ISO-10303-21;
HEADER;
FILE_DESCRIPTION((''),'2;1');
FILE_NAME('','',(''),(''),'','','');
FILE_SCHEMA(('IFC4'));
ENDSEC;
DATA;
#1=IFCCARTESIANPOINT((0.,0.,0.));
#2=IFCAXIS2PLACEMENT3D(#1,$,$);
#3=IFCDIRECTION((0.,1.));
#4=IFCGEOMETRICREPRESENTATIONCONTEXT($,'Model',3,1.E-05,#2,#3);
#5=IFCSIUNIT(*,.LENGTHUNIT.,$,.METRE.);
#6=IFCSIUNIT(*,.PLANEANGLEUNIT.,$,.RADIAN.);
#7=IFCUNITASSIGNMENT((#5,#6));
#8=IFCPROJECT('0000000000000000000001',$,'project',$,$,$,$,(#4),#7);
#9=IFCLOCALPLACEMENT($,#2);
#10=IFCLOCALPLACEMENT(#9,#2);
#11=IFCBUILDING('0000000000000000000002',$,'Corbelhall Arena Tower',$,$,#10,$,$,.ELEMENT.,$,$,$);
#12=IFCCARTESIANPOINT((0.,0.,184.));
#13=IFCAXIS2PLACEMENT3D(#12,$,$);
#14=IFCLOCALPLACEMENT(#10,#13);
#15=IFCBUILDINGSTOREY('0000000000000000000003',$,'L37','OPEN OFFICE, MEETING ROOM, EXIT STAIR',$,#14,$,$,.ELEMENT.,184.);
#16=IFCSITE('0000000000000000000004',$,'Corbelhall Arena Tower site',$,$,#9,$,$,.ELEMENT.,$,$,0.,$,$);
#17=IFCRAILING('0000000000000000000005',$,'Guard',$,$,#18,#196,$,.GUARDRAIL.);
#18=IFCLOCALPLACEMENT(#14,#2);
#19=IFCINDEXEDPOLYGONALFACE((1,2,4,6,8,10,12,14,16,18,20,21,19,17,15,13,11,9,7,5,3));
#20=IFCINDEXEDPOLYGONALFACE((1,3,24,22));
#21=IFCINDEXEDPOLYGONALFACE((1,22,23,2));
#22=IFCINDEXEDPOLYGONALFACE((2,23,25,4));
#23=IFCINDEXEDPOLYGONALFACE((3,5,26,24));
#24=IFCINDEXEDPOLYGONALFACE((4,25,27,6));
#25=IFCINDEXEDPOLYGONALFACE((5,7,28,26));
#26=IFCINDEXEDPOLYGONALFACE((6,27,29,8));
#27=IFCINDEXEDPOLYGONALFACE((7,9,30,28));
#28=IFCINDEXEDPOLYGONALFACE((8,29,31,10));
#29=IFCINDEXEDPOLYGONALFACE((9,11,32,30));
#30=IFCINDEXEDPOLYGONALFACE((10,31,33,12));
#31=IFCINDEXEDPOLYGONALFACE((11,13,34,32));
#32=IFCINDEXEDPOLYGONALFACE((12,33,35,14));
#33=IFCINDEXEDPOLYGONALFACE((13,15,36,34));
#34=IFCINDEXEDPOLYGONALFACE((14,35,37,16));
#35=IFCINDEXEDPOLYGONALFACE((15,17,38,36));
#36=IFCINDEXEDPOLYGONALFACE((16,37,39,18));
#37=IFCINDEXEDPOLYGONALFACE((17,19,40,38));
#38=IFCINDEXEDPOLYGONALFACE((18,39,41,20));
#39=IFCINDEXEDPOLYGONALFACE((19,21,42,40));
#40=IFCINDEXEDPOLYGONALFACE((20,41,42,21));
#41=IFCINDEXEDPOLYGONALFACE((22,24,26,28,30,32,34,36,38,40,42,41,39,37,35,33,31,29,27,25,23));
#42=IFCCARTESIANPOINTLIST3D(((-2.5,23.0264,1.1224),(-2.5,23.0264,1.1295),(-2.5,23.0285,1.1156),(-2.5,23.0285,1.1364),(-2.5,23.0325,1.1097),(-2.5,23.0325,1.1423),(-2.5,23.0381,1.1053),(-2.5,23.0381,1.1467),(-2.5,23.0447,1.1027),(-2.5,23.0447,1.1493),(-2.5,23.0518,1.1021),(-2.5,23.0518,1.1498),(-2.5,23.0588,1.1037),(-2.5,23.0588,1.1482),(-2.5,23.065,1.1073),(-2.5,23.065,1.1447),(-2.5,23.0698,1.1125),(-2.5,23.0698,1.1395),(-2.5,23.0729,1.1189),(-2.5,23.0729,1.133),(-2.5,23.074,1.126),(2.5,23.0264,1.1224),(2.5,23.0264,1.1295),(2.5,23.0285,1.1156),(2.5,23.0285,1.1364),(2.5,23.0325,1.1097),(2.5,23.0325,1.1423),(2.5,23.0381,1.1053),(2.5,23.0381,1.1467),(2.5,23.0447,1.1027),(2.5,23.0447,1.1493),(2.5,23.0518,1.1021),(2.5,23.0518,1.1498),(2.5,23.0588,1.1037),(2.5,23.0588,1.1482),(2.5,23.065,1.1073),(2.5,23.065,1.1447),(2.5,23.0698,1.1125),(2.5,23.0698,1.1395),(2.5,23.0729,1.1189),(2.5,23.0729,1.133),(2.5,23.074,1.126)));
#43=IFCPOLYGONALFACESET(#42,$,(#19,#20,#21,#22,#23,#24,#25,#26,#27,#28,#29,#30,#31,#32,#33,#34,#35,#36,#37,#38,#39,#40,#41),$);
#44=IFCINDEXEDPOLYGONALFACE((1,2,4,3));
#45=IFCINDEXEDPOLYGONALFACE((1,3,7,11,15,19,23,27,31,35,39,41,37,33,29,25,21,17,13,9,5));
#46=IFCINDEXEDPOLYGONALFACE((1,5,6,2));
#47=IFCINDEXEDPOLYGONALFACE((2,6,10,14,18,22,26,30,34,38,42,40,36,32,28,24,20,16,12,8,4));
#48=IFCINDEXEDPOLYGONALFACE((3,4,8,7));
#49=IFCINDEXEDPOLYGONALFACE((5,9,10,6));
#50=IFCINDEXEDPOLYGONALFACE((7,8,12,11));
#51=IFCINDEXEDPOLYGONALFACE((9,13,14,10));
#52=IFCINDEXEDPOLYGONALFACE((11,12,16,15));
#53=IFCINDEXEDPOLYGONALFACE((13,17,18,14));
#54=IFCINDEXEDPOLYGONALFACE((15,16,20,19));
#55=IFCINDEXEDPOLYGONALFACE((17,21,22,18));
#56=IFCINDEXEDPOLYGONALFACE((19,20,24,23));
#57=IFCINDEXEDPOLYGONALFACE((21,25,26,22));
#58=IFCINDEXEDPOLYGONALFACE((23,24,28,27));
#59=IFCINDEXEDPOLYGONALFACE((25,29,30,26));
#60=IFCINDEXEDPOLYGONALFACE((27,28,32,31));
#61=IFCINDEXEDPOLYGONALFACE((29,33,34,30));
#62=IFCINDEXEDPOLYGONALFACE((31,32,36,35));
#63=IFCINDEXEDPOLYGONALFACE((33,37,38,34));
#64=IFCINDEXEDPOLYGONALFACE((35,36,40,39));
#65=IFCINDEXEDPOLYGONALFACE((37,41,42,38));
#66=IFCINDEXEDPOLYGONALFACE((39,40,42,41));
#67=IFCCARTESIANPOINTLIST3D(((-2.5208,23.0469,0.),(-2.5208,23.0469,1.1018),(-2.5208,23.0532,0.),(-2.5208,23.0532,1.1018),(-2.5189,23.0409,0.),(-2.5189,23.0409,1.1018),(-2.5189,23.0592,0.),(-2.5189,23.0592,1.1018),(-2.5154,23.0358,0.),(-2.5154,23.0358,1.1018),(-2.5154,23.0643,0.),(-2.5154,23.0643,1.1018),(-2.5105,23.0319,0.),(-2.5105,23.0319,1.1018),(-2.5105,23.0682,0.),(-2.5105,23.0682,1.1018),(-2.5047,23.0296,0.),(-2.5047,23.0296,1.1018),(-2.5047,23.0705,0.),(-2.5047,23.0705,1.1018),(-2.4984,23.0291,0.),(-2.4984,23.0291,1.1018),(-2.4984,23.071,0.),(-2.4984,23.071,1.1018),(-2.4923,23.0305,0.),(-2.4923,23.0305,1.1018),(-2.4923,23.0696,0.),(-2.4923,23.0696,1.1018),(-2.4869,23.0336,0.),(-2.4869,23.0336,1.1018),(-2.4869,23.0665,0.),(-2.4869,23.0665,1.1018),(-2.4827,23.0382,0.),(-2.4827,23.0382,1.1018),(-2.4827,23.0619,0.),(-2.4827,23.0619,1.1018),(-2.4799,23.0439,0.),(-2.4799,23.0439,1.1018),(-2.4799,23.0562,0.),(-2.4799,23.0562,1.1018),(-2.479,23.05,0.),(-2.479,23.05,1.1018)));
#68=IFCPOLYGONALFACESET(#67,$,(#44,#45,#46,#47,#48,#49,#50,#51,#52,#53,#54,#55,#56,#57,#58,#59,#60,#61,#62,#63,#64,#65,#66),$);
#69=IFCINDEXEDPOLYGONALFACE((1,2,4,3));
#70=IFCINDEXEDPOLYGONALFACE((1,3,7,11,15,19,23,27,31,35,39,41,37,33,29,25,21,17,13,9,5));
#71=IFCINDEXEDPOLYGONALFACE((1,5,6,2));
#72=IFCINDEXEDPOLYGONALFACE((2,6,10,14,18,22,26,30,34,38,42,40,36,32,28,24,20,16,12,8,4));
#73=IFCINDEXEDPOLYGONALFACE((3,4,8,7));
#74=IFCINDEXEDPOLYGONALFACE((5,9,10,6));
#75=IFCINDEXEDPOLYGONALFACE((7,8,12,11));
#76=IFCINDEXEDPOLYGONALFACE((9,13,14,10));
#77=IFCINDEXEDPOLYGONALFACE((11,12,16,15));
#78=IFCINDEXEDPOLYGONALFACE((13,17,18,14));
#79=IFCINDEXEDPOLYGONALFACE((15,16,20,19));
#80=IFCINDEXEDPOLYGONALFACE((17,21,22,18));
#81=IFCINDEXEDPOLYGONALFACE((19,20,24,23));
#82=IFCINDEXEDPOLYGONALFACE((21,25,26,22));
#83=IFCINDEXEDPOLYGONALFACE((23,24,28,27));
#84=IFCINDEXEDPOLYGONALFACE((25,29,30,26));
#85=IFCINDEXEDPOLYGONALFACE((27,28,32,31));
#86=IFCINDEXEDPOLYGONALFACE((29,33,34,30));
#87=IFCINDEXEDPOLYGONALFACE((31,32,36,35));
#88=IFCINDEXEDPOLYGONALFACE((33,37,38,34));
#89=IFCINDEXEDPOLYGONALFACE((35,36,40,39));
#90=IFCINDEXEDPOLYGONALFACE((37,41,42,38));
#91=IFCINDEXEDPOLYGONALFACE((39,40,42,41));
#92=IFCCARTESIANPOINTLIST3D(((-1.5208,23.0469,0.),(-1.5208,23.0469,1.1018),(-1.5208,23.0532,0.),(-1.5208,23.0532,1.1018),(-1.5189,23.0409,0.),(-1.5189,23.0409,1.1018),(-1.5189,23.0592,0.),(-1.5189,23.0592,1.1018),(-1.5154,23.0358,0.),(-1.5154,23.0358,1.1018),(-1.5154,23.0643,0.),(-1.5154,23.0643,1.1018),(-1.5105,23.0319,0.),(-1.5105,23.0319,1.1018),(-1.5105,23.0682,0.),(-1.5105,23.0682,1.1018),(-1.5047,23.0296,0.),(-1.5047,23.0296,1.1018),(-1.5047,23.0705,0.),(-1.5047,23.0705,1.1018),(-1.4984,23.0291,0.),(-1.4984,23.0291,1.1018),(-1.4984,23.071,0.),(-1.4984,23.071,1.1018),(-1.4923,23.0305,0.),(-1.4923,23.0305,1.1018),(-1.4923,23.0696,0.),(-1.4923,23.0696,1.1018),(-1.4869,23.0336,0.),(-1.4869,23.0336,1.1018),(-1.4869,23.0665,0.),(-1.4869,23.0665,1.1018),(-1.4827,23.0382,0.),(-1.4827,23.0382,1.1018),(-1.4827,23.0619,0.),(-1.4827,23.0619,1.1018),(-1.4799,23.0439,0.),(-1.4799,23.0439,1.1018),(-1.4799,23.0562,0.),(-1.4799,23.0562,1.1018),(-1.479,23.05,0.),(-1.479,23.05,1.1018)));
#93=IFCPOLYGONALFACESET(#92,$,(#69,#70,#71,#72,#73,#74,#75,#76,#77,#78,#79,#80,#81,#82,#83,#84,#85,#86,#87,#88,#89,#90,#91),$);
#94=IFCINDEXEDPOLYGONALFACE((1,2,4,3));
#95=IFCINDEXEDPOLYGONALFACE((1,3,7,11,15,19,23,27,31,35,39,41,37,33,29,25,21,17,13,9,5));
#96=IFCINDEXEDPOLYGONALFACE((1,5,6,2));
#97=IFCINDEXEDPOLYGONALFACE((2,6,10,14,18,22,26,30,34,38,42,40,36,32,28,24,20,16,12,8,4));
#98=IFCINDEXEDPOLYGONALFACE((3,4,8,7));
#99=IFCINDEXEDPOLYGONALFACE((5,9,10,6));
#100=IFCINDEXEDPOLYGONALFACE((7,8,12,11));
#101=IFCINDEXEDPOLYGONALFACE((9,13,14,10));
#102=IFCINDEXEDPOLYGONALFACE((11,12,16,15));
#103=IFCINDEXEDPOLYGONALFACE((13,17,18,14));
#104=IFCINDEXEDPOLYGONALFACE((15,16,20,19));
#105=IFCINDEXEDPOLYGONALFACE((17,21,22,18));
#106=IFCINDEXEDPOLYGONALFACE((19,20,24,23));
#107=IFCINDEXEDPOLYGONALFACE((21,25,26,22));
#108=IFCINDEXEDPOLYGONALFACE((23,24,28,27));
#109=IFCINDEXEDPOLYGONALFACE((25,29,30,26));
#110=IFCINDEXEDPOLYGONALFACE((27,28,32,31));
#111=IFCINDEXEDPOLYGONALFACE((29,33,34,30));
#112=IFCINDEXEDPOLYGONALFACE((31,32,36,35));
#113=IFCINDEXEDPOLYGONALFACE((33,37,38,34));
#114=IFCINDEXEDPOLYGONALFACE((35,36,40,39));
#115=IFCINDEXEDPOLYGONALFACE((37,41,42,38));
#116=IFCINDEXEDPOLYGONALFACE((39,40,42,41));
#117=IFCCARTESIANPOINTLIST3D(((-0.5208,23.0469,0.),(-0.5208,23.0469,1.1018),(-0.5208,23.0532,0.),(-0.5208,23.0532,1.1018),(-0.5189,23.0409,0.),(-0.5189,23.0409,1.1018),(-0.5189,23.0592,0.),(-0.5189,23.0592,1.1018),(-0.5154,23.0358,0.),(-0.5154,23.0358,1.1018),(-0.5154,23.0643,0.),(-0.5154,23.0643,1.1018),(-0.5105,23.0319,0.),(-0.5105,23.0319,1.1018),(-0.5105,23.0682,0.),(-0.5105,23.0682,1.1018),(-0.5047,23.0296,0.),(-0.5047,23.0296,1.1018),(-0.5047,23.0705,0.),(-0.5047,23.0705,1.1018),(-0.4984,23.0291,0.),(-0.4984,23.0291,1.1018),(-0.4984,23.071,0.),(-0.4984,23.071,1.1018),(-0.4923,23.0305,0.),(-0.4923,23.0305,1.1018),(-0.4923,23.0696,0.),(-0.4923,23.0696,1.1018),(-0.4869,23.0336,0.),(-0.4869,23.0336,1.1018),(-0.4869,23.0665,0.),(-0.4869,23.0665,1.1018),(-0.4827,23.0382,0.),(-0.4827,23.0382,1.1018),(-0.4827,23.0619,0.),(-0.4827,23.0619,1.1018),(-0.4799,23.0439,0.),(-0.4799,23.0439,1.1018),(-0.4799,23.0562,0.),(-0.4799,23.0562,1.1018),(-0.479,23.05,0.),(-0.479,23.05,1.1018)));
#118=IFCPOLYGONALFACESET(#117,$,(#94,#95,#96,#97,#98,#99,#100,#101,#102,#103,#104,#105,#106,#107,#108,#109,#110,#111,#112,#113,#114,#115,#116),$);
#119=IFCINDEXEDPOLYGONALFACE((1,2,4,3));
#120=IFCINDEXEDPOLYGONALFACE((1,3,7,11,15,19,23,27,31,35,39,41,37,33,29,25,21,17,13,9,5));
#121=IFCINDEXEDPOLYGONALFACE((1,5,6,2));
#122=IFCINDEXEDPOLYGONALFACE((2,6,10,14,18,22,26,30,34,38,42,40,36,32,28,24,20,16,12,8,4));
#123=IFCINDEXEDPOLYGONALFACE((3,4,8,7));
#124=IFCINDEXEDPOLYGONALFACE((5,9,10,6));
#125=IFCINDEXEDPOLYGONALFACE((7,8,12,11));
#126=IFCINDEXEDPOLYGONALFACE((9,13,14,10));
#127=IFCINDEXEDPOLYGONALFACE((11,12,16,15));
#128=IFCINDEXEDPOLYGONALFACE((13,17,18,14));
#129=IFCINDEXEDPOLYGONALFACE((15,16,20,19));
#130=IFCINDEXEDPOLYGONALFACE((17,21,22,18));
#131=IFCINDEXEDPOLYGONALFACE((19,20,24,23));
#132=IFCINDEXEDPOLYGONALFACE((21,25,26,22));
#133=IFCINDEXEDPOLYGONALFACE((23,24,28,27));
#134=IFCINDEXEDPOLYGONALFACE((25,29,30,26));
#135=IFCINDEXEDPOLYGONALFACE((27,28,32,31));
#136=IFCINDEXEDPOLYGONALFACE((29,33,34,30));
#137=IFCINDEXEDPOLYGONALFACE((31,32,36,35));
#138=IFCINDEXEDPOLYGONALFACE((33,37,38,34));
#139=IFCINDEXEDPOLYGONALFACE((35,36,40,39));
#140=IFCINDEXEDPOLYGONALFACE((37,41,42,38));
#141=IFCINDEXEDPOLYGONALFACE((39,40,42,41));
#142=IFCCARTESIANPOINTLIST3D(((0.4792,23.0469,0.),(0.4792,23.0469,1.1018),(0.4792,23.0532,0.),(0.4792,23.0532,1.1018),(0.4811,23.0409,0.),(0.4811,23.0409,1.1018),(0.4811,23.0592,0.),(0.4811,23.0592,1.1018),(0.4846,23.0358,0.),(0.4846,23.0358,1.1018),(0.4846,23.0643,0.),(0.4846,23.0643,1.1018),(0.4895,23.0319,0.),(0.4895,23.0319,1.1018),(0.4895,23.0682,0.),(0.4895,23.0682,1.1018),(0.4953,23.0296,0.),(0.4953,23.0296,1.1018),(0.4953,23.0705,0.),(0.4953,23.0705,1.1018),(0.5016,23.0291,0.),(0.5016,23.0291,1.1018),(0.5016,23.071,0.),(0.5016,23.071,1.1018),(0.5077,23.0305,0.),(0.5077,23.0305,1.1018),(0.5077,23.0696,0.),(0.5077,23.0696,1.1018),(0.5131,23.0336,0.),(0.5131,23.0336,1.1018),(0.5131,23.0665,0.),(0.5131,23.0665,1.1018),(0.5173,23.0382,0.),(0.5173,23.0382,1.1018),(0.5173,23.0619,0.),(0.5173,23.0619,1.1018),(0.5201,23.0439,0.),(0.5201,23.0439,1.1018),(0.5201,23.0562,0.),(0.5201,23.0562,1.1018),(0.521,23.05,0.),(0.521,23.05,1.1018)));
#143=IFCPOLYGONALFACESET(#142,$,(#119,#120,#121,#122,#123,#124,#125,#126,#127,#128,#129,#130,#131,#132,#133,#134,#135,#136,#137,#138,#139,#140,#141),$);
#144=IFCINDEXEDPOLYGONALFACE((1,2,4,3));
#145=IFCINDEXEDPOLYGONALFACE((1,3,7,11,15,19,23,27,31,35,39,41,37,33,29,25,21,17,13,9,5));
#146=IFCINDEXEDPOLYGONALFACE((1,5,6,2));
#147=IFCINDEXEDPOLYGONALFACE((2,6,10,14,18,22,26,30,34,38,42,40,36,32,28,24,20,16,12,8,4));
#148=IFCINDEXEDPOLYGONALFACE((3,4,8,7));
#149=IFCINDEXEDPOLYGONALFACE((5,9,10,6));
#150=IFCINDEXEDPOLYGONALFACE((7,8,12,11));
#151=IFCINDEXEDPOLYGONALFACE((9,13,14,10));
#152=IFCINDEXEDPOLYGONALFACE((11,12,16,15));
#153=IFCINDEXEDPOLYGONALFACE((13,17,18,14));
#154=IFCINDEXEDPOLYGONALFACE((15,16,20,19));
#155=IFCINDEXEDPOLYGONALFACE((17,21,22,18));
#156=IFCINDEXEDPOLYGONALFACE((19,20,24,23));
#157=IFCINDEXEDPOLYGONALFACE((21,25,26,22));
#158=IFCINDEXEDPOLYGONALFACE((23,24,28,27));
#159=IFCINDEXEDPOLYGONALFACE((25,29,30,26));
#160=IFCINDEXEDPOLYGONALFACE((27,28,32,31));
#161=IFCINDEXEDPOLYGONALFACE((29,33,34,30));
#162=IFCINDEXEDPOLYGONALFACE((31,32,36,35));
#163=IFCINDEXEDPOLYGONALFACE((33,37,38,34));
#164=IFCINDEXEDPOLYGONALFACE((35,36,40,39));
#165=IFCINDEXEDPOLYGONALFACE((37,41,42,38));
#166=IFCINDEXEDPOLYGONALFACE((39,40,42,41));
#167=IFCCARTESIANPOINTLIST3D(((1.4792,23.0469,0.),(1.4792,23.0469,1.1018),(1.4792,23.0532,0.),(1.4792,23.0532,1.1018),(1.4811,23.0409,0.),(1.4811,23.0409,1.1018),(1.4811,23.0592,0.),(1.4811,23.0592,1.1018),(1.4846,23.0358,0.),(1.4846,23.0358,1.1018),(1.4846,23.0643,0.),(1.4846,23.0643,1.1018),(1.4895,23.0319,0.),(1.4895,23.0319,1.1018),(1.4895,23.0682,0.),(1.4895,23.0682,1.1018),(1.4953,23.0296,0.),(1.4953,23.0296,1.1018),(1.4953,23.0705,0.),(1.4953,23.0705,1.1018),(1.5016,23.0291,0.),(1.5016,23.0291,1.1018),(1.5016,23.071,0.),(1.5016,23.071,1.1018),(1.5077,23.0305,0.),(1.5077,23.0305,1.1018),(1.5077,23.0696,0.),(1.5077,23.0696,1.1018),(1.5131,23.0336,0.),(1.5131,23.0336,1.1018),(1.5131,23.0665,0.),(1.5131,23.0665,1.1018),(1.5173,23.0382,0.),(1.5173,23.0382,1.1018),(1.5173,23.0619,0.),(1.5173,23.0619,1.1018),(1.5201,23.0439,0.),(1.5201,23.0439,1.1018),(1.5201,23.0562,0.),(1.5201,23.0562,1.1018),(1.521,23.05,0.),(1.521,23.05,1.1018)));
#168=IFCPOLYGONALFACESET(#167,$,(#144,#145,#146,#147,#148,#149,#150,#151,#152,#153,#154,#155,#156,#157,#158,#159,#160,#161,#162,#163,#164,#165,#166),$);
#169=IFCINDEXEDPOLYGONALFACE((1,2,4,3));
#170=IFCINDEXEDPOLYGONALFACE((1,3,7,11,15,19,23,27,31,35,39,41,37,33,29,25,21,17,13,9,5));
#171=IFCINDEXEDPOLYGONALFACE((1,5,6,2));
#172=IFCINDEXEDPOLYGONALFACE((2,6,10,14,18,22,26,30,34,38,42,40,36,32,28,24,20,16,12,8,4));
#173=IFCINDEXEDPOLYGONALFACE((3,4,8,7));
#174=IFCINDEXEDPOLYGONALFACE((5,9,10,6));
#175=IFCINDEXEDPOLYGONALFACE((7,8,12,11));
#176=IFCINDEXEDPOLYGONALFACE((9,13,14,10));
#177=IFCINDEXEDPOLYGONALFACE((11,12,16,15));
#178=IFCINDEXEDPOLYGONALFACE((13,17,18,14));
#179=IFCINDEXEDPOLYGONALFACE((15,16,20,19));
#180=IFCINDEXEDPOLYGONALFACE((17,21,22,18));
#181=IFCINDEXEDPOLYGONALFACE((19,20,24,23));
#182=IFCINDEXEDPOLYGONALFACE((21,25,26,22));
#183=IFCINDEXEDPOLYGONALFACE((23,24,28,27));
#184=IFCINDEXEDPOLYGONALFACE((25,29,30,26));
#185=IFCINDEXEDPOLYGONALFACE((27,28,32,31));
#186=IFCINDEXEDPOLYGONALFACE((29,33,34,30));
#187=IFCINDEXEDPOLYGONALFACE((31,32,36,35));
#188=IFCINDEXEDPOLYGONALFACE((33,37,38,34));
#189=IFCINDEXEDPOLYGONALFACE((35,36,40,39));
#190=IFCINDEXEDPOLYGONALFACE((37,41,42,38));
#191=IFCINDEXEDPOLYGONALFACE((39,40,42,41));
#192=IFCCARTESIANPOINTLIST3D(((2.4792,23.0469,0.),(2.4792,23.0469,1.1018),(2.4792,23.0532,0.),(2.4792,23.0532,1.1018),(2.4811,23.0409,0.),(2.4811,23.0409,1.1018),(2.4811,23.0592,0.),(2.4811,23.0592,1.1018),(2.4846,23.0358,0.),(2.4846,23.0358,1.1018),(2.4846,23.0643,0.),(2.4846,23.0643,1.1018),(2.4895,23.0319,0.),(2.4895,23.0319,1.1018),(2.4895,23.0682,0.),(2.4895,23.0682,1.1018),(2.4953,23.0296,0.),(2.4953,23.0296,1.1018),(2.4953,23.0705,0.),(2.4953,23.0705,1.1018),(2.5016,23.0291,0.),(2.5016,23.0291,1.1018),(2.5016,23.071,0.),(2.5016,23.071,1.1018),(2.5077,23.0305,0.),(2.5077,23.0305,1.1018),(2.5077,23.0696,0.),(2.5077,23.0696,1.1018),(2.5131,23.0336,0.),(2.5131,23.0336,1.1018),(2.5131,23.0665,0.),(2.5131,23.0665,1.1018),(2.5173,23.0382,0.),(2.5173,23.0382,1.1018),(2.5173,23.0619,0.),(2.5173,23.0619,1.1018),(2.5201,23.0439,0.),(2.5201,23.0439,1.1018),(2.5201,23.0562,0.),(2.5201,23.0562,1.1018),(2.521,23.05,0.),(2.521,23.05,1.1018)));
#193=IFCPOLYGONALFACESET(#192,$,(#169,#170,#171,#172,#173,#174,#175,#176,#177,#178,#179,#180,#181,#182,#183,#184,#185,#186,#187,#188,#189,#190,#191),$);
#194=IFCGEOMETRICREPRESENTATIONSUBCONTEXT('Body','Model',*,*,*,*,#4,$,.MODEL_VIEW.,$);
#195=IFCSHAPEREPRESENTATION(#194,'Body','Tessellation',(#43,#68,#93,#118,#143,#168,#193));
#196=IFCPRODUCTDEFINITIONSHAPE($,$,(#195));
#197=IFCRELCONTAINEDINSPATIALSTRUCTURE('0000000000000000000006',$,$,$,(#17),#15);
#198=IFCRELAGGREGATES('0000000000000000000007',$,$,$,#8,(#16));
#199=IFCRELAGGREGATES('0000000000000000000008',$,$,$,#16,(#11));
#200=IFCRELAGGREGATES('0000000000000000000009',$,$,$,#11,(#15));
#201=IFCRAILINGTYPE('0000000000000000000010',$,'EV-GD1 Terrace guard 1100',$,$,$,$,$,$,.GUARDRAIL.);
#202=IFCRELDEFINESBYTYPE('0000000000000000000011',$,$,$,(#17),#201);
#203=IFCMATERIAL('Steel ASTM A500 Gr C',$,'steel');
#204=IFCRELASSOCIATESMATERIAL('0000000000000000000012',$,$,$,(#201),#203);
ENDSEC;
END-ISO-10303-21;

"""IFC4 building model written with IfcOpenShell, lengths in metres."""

from ifc_helpers import new_model, si_unit, direction, frame, origin, origin_2d, place, context, subcontext, project, spatial, circle, extrude, material, type_object, element, save


model = new_model("IFC4")

# Units and contexts
model_context = context("Model", 3, precision=1e-05, world=origin(), true_north=direction((0.0, 1.0)))
body_context = subcontext(model_context, "Body", "Model", "MODEL_VIEW")
ifc_project = project(units=[si_unit("LENGTHUNIT", "METRE"), si_unit("PLANEANGLEUNIT", "RADIAN")], contexts=[model_context])

# Site, building, storey
site_placement = place(None, origin())
site = spatial("IfcSite", under=ifc_project, at=site_placement, Name="Corbelhall Arena Tower site", CompositionType="ELEMENT", RefElevation=0.0)
building_placement = place(site_placement, origin())
building = spatial("IfcBuilding", under=site, at=building_placement, Name="Corbelhall Arena Tower", CompositionType="ELEMENT")
storey_placement = place(building_placement, frame((0.0, 0.0, 184.0)))
storey = spatial("IfcBuildingStorey", under=building, at=storey_placement, Name="L37", Description="OPEN OFFICE, MEETING ROOM, EXIT STAIR", CompositionType="ELEMENT", Elevation=184.0)

# Railing
ifc_material_1 = material(Name="Steel ASTM A500 Gr C", Category="steel")
railing_type_1 = type_object("IfcRailingType", Name="EV-GD1 Terrace guard 1100", PredefinedType="GUARDRAIL", material=ifc_material_1)
railing_1_placement = place(storey_placement, frame((-2.5, 23.05, 0.0)))
element("IfcRailing", 1, at=railing_1_placement, inside=storey, type_object=railing_type_1, Name="Guard", PredefinedType="GUARDRAIL", context=body_context, shape_type="SweptSolid", body=[
    extrude(circle(Radius=0.0239, at=origin_2d()), frame((0.0, 0.0, 1.126), z_axis=(1.0, 0.0, 0.0), x_axis=(0.0, 1.0, 0.0)), (0.0, 0.0, 1.0), 5.0),
    extrude(circle(Radius=0.021, at=origin_2d()), origin(), (0.0, 0.0, 1.0), 1.1018),
    extrude(circle(Radius=0.021, at=origin_2d()), frame((1.0, 0.0, 0.0)), (0.0, 0.0, 1.0), 1.1018),
    extrude(circle(Radius=0.021, at=origin_2d()), frame((2.0, 0.0, 0.0)), (0.0, 0.0, 1.0), 1.1018),
    extrude(circle(Radius=0.021, at=origin_2d()), frame((3.0, 0.0, 0.0)), (0.0, 0.0, 1.0), 1.1018),
    extrude(circle(Radius=0.021, at=origin_2d()), frame((4.0, 0.0, 0.0)), (0.0, 0.0, 1.0), 1.1018),
    extrude(circle(Radius=0.021, at=origin_2d()), frame((5.0, 0.0, 0.0)), (0.0, 0.0, 1.0), 1.1018),
])

save(model, "model.ifc")
